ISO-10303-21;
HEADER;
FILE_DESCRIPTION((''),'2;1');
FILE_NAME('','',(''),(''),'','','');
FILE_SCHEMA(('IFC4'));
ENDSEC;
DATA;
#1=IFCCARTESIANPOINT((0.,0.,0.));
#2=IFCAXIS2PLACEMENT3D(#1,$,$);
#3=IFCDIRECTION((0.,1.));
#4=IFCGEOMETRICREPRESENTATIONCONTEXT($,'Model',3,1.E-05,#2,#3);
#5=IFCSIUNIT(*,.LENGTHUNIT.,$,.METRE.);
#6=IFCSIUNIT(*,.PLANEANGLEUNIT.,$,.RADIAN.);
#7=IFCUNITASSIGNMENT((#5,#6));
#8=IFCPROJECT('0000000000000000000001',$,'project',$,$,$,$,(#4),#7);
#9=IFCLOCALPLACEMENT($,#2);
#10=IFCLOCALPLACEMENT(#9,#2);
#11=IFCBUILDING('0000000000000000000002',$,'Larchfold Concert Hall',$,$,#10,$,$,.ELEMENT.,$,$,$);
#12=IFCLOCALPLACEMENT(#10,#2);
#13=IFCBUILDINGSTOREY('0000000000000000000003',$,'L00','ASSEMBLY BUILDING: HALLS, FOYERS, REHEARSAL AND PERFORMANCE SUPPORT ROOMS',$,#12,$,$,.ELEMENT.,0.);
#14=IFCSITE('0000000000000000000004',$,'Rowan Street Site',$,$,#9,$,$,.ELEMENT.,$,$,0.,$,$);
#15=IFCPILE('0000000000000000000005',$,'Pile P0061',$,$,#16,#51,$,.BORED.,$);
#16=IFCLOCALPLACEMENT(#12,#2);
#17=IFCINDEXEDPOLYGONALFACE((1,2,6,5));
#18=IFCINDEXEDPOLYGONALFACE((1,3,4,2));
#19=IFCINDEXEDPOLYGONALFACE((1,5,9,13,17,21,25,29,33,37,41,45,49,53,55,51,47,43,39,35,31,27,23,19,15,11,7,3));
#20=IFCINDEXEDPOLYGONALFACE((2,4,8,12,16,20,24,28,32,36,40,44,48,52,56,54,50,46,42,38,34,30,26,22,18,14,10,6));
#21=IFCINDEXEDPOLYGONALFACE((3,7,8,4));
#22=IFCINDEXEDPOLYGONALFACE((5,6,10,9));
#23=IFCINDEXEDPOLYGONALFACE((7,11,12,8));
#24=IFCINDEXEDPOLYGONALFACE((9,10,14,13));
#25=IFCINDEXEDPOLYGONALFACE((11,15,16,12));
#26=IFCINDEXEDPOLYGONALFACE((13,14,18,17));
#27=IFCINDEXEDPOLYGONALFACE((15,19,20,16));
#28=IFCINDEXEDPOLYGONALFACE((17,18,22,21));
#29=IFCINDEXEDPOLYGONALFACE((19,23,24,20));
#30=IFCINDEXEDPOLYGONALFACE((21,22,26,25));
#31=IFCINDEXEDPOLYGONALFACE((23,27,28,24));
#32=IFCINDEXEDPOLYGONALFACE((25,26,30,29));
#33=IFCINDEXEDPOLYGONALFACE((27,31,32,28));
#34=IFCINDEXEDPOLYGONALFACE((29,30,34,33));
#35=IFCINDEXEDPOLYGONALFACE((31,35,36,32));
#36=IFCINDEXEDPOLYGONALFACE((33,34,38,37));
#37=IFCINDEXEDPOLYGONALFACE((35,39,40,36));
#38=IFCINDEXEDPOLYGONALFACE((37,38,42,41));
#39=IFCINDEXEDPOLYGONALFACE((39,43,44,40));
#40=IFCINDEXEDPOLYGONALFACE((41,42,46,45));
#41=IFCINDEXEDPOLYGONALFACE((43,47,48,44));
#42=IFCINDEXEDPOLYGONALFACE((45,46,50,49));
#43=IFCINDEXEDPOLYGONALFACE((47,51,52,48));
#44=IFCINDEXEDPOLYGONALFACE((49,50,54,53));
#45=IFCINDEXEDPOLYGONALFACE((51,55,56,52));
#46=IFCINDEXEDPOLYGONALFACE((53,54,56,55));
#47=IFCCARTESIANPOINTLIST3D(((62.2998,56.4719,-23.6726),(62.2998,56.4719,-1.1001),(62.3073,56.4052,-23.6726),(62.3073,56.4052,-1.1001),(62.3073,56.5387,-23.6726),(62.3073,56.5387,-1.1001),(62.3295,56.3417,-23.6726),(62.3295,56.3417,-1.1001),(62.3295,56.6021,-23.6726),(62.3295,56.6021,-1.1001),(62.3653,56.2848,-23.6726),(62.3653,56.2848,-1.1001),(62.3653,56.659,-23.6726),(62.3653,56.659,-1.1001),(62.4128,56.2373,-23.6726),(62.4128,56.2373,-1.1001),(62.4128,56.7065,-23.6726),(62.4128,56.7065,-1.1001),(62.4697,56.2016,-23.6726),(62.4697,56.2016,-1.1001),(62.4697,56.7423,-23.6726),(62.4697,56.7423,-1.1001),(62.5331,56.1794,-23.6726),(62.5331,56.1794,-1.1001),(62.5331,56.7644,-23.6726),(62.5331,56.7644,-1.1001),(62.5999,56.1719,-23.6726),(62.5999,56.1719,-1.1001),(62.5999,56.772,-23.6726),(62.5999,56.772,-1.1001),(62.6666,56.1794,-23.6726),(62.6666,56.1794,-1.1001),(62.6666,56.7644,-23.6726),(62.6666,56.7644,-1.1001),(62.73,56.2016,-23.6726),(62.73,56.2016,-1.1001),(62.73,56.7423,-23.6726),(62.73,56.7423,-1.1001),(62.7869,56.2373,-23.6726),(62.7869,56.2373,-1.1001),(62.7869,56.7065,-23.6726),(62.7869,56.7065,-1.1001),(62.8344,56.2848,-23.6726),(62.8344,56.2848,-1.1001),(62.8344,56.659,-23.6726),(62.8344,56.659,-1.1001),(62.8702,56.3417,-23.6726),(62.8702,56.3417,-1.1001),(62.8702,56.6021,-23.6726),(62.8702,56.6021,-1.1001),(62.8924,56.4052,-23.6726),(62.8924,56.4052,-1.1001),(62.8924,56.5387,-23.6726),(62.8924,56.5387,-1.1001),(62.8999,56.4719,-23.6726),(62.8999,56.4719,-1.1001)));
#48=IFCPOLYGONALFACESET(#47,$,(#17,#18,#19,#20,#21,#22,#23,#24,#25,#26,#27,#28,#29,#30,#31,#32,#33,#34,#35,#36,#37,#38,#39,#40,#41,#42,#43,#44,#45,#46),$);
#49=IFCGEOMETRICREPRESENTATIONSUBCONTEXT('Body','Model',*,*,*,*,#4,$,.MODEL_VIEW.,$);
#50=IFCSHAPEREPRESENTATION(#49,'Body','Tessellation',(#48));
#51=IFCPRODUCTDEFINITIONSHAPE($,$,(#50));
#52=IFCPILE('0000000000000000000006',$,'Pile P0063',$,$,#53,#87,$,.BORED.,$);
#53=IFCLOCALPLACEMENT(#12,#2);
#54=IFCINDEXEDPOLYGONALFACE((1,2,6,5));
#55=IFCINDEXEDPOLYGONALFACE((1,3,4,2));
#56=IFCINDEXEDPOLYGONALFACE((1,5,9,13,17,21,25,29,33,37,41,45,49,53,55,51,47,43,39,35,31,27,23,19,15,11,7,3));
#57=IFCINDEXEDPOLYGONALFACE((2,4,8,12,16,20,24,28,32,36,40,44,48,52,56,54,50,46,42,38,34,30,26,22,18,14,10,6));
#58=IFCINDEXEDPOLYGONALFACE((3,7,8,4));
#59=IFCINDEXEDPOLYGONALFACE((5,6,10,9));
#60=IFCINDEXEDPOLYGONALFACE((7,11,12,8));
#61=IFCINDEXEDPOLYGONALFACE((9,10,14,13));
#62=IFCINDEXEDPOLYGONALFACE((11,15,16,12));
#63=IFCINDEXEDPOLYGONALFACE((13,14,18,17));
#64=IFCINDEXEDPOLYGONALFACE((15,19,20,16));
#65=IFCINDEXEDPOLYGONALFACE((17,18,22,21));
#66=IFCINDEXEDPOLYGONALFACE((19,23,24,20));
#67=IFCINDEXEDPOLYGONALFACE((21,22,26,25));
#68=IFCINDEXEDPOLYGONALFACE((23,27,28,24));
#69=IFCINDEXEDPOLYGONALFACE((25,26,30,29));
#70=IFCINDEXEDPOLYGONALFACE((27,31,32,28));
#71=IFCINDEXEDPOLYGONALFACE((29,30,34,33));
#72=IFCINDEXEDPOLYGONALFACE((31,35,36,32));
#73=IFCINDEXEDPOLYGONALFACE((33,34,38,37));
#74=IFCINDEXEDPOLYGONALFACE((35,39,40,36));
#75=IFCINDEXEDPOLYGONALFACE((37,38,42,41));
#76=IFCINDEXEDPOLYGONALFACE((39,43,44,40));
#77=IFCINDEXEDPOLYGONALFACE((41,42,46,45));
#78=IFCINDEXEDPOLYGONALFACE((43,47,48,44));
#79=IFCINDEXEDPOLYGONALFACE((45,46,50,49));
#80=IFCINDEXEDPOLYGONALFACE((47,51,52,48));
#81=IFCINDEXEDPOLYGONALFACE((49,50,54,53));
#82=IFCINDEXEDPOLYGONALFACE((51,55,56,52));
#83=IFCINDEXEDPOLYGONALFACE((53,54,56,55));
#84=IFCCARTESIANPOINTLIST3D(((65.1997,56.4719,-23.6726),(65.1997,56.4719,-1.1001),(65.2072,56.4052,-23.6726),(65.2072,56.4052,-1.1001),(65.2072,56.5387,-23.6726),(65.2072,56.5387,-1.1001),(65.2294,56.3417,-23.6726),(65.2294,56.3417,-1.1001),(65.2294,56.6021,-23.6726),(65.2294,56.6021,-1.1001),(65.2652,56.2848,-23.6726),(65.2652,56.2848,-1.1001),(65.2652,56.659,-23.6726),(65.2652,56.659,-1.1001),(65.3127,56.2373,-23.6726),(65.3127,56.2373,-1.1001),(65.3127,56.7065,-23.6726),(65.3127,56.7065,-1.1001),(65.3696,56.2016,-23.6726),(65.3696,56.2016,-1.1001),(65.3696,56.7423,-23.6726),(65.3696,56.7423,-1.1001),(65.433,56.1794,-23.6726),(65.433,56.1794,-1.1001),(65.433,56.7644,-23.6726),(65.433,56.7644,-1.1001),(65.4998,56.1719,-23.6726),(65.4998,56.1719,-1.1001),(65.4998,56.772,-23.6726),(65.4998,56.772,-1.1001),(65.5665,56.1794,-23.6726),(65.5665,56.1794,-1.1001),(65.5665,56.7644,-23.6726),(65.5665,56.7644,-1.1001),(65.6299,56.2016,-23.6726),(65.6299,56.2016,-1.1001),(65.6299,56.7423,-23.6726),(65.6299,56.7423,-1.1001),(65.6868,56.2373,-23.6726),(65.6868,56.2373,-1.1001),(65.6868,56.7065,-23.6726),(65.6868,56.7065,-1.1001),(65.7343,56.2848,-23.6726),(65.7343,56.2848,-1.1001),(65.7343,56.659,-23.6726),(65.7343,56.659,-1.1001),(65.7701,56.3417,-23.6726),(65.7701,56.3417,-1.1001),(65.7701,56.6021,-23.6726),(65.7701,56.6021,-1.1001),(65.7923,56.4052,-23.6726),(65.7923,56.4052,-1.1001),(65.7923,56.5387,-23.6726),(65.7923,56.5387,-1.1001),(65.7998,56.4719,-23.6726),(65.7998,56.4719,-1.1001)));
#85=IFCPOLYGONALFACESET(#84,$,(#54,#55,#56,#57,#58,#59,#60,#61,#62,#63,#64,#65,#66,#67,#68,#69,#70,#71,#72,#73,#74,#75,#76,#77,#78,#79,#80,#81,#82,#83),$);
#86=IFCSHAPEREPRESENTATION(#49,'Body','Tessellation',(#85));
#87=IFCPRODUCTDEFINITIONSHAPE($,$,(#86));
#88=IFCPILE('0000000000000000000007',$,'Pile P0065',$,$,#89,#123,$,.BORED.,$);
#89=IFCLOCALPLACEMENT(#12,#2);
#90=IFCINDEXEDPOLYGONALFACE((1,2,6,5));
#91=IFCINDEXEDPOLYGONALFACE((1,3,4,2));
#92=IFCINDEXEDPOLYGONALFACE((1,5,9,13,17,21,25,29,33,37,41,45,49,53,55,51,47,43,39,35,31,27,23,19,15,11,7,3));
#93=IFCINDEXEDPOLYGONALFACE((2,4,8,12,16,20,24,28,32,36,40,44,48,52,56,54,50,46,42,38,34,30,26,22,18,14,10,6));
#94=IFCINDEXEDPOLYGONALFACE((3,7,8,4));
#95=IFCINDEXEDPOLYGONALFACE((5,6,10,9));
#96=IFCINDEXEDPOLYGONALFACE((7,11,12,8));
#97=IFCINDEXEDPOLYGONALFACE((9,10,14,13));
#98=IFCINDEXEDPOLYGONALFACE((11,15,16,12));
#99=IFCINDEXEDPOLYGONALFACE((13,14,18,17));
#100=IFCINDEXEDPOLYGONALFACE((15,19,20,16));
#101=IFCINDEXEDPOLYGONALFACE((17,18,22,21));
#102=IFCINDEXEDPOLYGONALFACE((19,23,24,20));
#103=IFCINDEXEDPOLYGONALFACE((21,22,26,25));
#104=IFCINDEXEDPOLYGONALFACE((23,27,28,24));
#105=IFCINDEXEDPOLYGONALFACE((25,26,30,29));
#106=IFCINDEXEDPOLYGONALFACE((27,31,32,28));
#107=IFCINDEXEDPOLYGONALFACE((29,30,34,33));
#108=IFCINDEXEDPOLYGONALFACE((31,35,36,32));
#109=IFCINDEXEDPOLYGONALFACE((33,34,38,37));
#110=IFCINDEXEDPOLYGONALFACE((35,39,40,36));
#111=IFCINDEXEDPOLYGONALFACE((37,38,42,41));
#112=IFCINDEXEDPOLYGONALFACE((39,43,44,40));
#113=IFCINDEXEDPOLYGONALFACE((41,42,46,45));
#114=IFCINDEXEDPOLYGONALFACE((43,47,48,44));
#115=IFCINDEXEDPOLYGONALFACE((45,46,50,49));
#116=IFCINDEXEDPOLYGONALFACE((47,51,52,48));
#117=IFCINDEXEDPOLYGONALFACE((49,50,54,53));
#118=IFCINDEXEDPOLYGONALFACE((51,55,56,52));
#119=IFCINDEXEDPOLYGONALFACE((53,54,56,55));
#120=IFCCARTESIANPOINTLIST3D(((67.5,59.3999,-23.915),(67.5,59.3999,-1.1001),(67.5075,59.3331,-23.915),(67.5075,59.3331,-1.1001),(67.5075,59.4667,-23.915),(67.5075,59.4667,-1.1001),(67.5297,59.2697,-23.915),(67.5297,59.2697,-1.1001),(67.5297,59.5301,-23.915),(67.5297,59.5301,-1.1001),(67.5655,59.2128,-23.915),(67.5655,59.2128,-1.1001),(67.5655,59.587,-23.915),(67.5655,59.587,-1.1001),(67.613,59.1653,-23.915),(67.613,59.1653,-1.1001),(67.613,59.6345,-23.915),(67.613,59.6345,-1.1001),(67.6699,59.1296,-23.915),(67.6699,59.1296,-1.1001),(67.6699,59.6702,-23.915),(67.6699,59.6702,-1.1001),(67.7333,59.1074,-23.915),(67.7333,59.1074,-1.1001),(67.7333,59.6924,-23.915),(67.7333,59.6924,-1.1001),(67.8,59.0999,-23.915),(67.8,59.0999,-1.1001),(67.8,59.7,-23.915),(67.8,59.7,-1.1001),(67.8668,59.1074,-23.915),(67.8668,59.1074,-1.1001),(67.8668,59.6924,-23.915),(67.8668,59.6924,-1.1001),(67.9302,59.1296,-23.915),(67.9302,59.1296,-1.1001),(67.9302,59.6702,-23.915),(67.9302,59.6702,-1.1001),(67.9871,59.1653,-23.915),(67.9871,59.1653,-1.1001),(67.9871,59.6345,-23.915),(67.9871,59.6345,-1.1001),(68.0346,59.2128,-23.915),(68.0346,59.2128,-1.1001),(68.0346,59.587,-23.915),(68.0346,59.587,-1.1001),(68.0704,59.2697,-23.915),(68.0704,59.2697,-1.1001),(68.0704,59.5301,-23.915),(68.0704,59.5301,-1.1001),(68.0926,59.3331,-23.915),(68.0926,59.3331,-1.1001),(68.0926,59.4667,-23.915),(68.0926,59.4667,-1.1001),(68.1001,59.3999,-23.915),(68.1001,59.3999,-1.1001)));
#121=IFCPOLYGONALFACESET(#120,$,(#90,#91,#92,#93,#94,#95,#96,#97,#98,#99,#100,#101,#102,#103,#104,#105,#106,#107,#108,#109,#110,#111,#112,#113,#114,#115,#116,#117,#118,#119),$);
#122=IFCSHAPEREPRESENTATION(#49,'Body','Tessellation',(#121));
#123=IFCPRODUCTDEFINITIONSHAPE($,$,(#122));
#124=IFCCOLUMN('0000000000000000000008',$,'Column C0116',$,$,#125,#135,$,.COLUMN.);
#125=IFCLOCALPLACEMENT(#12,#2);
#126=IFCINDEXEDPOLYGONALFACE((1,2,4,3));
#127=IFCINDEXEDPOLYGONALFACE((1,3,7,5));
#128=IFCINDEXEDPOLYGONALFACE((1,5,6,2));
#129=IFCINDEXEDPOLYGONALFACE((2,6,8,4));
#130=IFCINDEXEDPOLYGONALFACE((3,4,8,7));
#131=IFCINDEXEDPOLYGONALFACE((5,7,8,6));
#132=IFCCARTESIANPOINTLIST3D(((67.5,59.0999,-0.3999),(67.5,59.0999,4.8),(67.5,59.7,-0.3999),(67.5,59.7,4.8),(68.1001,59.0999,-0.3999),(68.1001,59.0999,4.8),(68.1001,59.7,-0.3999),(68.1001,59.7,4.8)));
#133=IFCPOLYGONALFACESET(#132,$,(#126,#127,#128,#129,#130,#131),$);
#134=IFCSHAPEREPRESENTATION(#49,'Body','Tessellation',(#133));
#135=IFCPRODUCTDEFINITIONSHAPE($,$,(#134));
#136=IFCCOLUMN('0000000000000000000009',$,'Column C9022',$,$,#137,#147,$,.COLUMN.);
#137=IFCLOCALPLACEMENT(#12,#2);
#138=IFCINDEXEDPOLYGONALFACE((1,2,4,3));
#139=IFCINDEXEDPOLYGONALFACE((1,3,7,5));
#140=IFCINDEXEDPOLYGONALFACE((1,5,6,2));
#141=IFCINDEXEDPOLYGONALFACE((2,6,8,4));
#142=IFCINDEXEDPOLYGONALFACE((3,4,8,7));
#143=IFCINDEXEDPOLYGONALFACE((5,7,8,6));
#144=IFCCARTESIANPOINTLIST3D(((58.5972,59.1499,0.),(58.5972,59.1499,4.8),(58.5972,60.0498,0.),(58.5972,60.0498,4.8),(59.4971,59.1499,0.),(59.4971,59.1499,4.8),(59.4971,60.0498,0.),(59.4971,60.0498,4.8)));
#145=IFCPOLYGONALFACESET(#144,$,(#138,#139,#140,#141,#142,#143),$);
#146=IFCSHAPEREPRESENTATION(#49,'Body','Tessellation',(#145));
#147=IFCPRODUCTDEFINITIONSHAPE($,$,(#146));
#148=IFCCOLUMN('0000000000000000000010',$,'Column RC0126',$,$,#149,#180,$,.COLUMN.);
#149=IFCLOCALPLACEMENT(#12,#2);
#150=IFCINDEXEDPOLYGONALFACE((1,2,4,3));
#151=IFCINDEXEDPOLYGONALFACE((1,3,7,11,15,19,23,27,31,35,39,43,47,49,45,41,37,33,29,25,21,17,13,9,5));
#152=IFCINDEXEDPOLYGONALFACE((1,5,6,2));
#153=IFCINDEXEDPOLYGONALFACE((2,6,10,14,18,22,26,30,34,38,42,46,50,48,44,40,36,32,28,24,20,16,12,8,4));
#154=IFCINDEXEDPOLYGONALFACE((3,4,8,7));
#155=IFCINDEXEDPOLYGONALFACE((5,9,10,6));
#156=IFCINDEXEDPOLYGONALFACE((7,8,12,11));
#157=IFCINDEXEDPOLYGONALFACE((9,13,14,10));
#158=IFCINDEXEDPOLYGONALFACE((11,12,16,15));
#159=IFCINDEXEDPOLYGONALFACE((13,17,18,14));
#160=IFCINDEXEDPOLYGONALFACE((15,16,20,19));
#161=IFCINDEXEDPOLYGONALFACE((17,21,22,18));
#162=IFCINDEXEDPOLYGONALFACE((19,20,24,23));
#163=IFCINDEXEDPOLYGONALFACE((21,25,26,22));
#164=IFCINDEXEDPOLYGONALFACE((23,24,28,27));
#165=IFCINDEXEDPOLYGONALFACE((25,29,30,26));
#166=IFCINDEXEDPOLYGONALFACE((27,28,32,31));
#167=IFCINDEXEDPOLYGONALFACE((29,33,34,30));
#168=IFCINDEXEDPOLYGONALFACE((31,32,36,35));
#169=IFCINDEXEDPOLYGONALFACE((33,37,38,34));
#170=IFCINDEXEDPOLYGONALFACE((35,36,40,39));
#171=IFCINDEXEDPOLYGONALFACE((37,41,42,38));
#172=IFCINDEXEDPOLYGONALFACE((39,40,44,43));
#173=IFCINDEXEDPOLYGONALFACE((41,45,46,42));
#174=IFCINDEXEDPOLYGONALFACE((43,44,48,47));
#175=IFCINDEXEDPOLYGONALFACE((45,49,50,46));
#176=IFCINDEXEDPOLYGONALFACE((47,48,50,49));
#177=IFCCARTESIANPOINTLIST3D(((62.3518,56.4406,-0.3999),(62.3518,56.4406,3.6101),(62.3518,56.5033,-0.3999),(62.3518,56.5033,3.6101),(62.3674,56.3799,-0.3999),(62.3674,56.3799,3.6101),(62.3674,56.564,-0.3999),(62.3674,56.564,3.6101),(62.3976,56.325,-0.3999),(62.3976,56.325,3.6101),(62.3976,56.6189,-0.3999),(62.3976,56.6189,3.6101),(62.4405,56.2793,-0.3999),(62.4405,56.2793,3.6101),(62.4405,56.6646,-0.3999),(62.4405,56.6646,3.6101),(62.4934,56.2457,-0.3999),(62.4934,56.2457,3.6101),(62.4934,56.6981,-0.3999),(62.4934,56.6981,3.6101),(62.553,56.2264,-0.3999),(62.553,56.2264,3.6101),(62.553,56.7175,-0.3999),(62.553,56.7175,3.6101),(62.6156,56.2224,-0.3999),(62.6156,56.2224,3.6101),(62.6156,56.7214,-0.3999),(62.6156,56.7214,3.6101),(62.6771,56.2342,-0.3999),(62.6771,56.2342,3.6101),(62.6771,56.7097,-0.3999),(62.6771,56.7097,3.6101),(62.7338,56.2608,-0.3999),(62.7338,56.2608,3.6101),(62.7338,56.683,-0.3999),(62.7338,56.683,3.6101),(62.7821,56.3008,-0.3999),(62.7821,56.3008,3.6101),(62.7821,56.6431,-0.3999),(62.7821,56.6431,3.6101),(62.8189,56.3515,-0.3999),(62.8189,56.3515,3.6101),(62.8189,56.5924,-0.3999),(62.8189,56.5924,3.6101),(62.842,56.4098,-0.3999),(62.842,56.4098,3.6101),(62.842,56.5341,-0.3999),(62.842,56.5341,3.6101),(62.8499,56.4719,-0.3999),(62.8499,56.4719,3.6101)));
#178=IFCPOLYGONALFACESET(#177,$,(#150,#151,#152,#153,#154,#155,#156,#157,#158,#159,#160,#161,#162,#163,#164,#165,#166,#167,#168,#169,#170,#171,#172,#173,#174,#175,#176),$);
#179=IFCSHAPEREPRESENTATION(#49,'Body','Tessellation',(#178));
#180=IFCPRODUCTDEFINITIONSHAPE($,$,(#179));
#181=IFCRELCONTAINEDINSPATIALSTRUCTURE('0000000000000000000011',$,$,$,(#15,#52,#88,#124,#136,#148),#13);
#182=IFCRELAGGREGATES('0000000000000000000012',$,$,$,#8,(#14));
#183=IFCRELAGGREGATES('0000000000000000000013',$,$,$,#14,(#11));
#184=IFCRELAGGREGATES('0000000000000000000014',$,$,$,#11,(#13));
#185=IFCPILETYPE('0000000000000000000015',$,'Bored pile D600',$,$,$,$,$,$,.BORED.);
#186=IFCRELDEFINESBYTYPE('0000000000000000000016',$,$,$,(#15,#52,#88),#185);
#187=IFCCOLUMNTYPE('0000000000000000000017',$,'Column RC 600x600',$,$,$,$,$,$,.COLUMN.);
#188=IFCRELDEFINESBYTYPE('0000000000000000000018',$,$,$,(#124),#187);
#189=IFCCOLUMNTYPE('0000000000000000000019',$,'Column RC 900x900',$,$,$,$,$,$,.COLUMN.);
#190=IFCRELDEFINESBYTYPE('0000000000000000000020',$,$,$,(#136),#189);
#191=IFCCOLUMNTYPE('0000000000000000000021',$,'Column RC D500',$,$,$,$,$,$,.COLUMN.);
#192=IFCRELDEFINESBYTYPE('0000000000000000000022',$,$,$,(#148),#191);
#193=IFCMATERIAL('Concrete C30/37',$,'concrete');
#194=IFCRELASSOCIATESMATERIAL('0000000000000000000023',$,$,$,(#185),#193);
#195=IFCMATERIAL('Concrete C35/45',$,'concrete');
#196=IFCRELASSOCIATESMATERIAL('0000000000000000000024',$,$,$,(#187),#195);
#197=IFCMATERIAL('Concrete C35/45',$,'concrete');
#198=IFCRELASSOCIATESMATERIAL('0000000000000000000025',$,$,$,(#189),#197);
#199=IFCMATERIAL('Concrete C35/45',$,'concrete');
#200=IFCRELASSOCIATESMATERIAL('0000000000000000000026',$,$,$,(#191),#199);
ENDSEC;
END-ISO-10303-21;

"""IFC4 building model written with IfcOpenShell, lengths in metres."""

from ifc_helpers import new_model, si_unit, direction, frame, origin, origin_2d, place, context, subcontext, project, spatial, rectangle, circle, extrude, material, material_profile, profile_set, type_object, element, save


model = new_model("IFC4")

# Units and contexts
model_context = context("Model", 3, precision=1e-05, world=origin(), true_north=direction((0.0, 1.0)))
body_context = subcontext(model_context, "Body", "Model", "MODEL_VIEW")
ifc_project = project(units=[si_unit("LENGTHUNIT", "METRE"), si_unit("PLANEANGLEUNIT", "RADIAN")], contexts=[model_context])

# Site, building, storey
site_placement = place(None, origin())
site = spatial("IfcSite", under=ifc_project, at=site_placement, Name="Rowan Street Site", CompositionType="ELEMENT", RefElevation=0.0)
building_placement = place(site_placement, origin())
building = spatial("IfcBuilding", under=site, at=building_placement, Name="Larchfold Concert Hall", CompositionType="ELEMENT")
storey_placement = place(building_placement, origin())
storey = spatial("IfcBuildingStorey", under=building, at=storey_placement, Name="L00", Description="ASSEMBLY BUILDING: HALLS, FOYERS, REHEARSAL AND PERFORMANCE SUPPORT ROOMS", CompositionType="ELEMENT", Elevation=0.0)

# Piles
ifc_material_1 = material(Name="Concrete C30/37", Category="concrete")
ifc_material_profile_1 = material_profile(ifc_material_1, circle(Radius=0.3, at=origin_2d()))
ifc_profile_set_1 = profile_set([ifc_material_profile_1], Name="Concrete C30/37")
pile_type = type_object("IfcPileType", Name="Bored pile D600", PredefinedType="BORED", material=ifc_profile_set_1)
for number, where, z_axis, x_axis, name in (
    (1, (62.5999, 56.4719, -1.1001), (0.0, 0.0, -1.0), (1.0, 0.0, 0.0), "Pile P0061"),
    (2, (65.4998, 56.4719, -1.1001), (0.0, 0.0, -1.0), (1.0, 0.0, 0.0), "Pile P0063"),
):
    element("IfcPile", number, at=place(storey_placement, frame(where, z_axis=z_axis, x_axis=x_axis)), inside=storey, type_object=pile_type, Name=name, PredefinedType="BORED", context=body_context, shape_type="SweptSolid", body=[
        extrude(circle(Radius=0.3, at=origin_2d()), origin(), (0.0, 0.0, 1.0), 22.5725),
    ])
pile_placement = place(storey_placement, frame((67.8, 59.3999, -1.1001), z_axis=(0.0, 0.0, -1.0), x_axis=(1.0, 0.0, 0.0)))
element("IfcPile", 3, at=pile_placement, inside=storey, type_object=pile_type, Name="Pile P0065", PredefinedType="BORED", context=body_context, shape_type="SweptSolid", body=[
    extrude(circle(Radius=0.3, at=origin_2d()), origin(), (0.0, 0.0, 1.0), 22.8149),
])

# Columns
ifc_material_2 = material(Name="Concrete C35/45", Category="concrete")
ifc_material_profile_2 = material_profile(ifc_material_2, rectangle(XDim=0.6001, YDim=0.6001, at=origin_2d()))
ifc_profile_set_2 = profile_set([ifc_material_profile_2], Name="Concrete C35/45")
column_type_1 = type_object("IfcColumnType", Name="Column RC 600x600", PredefinedType="COLUMN", material=ifc_profile_set_2)
column_1_placement = place(storey_placement, frame((67.8, 59.3999, -0.3999), z_axis=(0.0, 0.0, 1.0), x_axis=(1.0, 0.0, 0.0)))
element("IfcColumn", 4, at=column_1_placement, inside=storey, type_object=column_type_1, Name="Column C0116", PredefinedType="COLUMN", context=body_context, shape_type="SweptSolid", body=[
    extrude(rectangle(XDim=0.6001, YDim=0.6001, at=origin_2d()), origin(), (0.0, 0.0, 1.0), 5.2),
])
ifc_material_3 = material(Name="Concrete C35/45", Category="concrete")
ifc_material_profile_3 = material_profile(ifc_material_3, rectangle(XDim=0.8999, YDim=0.8999, at=origin_2d()))
ifc_profile_set_3 = profile_set([ifc_material_profile_3], Name="Concrete C35/45")
column_type_2 = type_object("IfcColumnType", Name="Column RC 900x900", PredefinedType="COLUMN", material=ifc_profile_set_3)
column_2_placement = place(storey_placement, frame((59.0471, 59.5999, 0.0), z_axis=(0.0, 0.0, 1.0), x_axis=(1.0, 0.0, 0.0)))
element("IfcColumn", 5, at=column_2_placement, inside=storey, type_object=column_type_2, Name="Column C9022", PredefinedType="COLUMN", context=body_context, shape_type="SweptSolid", body=[
    extrude(rectangle(XDim=0.8999, YDim=0.8999, at=origin_2d()), origin(), (0.0, 0.0, 1.0), 4.8),
])
ifc_material_4 = material(Name="Concrete C35/45", Category="concrete")
ifc_material_profile_4 = material_profile(ifc_material_4, circle(Radius=0.25, at=origin_2d()))
ifc_profile_set_4 = profile_set([ifc_material_profile_4], Name="Concrete C35/45")
column_type_3 = type_object("IfcColumnType", Name="Column RC D500", PredefinedType="COLUMN", material=ifc_profile_set_4)
for number, where, z_axis, x_axis, name in (
    (6, (62.5999, 56.4719, -0.3999), (0.0, 0.0, 1.0), (1.0, 0.0, 0.0), "Column RC0126"),
):
    element("IfcColumn", number, at=place(storey_placement, frame(where, z_axis=z_axis, x_axis=x_axis)), inside=storey, type_object=column_type_3, Name=name, PredefinedType="COLUMN", context=body_context, shape_type="SweptSolid", body=[
        extrude(circle(Radius=0.25, at=origin_2d()), origin(), (0.0, 0.0, 1.0), 4.01),
    ])

save(model, "model.ifc")
